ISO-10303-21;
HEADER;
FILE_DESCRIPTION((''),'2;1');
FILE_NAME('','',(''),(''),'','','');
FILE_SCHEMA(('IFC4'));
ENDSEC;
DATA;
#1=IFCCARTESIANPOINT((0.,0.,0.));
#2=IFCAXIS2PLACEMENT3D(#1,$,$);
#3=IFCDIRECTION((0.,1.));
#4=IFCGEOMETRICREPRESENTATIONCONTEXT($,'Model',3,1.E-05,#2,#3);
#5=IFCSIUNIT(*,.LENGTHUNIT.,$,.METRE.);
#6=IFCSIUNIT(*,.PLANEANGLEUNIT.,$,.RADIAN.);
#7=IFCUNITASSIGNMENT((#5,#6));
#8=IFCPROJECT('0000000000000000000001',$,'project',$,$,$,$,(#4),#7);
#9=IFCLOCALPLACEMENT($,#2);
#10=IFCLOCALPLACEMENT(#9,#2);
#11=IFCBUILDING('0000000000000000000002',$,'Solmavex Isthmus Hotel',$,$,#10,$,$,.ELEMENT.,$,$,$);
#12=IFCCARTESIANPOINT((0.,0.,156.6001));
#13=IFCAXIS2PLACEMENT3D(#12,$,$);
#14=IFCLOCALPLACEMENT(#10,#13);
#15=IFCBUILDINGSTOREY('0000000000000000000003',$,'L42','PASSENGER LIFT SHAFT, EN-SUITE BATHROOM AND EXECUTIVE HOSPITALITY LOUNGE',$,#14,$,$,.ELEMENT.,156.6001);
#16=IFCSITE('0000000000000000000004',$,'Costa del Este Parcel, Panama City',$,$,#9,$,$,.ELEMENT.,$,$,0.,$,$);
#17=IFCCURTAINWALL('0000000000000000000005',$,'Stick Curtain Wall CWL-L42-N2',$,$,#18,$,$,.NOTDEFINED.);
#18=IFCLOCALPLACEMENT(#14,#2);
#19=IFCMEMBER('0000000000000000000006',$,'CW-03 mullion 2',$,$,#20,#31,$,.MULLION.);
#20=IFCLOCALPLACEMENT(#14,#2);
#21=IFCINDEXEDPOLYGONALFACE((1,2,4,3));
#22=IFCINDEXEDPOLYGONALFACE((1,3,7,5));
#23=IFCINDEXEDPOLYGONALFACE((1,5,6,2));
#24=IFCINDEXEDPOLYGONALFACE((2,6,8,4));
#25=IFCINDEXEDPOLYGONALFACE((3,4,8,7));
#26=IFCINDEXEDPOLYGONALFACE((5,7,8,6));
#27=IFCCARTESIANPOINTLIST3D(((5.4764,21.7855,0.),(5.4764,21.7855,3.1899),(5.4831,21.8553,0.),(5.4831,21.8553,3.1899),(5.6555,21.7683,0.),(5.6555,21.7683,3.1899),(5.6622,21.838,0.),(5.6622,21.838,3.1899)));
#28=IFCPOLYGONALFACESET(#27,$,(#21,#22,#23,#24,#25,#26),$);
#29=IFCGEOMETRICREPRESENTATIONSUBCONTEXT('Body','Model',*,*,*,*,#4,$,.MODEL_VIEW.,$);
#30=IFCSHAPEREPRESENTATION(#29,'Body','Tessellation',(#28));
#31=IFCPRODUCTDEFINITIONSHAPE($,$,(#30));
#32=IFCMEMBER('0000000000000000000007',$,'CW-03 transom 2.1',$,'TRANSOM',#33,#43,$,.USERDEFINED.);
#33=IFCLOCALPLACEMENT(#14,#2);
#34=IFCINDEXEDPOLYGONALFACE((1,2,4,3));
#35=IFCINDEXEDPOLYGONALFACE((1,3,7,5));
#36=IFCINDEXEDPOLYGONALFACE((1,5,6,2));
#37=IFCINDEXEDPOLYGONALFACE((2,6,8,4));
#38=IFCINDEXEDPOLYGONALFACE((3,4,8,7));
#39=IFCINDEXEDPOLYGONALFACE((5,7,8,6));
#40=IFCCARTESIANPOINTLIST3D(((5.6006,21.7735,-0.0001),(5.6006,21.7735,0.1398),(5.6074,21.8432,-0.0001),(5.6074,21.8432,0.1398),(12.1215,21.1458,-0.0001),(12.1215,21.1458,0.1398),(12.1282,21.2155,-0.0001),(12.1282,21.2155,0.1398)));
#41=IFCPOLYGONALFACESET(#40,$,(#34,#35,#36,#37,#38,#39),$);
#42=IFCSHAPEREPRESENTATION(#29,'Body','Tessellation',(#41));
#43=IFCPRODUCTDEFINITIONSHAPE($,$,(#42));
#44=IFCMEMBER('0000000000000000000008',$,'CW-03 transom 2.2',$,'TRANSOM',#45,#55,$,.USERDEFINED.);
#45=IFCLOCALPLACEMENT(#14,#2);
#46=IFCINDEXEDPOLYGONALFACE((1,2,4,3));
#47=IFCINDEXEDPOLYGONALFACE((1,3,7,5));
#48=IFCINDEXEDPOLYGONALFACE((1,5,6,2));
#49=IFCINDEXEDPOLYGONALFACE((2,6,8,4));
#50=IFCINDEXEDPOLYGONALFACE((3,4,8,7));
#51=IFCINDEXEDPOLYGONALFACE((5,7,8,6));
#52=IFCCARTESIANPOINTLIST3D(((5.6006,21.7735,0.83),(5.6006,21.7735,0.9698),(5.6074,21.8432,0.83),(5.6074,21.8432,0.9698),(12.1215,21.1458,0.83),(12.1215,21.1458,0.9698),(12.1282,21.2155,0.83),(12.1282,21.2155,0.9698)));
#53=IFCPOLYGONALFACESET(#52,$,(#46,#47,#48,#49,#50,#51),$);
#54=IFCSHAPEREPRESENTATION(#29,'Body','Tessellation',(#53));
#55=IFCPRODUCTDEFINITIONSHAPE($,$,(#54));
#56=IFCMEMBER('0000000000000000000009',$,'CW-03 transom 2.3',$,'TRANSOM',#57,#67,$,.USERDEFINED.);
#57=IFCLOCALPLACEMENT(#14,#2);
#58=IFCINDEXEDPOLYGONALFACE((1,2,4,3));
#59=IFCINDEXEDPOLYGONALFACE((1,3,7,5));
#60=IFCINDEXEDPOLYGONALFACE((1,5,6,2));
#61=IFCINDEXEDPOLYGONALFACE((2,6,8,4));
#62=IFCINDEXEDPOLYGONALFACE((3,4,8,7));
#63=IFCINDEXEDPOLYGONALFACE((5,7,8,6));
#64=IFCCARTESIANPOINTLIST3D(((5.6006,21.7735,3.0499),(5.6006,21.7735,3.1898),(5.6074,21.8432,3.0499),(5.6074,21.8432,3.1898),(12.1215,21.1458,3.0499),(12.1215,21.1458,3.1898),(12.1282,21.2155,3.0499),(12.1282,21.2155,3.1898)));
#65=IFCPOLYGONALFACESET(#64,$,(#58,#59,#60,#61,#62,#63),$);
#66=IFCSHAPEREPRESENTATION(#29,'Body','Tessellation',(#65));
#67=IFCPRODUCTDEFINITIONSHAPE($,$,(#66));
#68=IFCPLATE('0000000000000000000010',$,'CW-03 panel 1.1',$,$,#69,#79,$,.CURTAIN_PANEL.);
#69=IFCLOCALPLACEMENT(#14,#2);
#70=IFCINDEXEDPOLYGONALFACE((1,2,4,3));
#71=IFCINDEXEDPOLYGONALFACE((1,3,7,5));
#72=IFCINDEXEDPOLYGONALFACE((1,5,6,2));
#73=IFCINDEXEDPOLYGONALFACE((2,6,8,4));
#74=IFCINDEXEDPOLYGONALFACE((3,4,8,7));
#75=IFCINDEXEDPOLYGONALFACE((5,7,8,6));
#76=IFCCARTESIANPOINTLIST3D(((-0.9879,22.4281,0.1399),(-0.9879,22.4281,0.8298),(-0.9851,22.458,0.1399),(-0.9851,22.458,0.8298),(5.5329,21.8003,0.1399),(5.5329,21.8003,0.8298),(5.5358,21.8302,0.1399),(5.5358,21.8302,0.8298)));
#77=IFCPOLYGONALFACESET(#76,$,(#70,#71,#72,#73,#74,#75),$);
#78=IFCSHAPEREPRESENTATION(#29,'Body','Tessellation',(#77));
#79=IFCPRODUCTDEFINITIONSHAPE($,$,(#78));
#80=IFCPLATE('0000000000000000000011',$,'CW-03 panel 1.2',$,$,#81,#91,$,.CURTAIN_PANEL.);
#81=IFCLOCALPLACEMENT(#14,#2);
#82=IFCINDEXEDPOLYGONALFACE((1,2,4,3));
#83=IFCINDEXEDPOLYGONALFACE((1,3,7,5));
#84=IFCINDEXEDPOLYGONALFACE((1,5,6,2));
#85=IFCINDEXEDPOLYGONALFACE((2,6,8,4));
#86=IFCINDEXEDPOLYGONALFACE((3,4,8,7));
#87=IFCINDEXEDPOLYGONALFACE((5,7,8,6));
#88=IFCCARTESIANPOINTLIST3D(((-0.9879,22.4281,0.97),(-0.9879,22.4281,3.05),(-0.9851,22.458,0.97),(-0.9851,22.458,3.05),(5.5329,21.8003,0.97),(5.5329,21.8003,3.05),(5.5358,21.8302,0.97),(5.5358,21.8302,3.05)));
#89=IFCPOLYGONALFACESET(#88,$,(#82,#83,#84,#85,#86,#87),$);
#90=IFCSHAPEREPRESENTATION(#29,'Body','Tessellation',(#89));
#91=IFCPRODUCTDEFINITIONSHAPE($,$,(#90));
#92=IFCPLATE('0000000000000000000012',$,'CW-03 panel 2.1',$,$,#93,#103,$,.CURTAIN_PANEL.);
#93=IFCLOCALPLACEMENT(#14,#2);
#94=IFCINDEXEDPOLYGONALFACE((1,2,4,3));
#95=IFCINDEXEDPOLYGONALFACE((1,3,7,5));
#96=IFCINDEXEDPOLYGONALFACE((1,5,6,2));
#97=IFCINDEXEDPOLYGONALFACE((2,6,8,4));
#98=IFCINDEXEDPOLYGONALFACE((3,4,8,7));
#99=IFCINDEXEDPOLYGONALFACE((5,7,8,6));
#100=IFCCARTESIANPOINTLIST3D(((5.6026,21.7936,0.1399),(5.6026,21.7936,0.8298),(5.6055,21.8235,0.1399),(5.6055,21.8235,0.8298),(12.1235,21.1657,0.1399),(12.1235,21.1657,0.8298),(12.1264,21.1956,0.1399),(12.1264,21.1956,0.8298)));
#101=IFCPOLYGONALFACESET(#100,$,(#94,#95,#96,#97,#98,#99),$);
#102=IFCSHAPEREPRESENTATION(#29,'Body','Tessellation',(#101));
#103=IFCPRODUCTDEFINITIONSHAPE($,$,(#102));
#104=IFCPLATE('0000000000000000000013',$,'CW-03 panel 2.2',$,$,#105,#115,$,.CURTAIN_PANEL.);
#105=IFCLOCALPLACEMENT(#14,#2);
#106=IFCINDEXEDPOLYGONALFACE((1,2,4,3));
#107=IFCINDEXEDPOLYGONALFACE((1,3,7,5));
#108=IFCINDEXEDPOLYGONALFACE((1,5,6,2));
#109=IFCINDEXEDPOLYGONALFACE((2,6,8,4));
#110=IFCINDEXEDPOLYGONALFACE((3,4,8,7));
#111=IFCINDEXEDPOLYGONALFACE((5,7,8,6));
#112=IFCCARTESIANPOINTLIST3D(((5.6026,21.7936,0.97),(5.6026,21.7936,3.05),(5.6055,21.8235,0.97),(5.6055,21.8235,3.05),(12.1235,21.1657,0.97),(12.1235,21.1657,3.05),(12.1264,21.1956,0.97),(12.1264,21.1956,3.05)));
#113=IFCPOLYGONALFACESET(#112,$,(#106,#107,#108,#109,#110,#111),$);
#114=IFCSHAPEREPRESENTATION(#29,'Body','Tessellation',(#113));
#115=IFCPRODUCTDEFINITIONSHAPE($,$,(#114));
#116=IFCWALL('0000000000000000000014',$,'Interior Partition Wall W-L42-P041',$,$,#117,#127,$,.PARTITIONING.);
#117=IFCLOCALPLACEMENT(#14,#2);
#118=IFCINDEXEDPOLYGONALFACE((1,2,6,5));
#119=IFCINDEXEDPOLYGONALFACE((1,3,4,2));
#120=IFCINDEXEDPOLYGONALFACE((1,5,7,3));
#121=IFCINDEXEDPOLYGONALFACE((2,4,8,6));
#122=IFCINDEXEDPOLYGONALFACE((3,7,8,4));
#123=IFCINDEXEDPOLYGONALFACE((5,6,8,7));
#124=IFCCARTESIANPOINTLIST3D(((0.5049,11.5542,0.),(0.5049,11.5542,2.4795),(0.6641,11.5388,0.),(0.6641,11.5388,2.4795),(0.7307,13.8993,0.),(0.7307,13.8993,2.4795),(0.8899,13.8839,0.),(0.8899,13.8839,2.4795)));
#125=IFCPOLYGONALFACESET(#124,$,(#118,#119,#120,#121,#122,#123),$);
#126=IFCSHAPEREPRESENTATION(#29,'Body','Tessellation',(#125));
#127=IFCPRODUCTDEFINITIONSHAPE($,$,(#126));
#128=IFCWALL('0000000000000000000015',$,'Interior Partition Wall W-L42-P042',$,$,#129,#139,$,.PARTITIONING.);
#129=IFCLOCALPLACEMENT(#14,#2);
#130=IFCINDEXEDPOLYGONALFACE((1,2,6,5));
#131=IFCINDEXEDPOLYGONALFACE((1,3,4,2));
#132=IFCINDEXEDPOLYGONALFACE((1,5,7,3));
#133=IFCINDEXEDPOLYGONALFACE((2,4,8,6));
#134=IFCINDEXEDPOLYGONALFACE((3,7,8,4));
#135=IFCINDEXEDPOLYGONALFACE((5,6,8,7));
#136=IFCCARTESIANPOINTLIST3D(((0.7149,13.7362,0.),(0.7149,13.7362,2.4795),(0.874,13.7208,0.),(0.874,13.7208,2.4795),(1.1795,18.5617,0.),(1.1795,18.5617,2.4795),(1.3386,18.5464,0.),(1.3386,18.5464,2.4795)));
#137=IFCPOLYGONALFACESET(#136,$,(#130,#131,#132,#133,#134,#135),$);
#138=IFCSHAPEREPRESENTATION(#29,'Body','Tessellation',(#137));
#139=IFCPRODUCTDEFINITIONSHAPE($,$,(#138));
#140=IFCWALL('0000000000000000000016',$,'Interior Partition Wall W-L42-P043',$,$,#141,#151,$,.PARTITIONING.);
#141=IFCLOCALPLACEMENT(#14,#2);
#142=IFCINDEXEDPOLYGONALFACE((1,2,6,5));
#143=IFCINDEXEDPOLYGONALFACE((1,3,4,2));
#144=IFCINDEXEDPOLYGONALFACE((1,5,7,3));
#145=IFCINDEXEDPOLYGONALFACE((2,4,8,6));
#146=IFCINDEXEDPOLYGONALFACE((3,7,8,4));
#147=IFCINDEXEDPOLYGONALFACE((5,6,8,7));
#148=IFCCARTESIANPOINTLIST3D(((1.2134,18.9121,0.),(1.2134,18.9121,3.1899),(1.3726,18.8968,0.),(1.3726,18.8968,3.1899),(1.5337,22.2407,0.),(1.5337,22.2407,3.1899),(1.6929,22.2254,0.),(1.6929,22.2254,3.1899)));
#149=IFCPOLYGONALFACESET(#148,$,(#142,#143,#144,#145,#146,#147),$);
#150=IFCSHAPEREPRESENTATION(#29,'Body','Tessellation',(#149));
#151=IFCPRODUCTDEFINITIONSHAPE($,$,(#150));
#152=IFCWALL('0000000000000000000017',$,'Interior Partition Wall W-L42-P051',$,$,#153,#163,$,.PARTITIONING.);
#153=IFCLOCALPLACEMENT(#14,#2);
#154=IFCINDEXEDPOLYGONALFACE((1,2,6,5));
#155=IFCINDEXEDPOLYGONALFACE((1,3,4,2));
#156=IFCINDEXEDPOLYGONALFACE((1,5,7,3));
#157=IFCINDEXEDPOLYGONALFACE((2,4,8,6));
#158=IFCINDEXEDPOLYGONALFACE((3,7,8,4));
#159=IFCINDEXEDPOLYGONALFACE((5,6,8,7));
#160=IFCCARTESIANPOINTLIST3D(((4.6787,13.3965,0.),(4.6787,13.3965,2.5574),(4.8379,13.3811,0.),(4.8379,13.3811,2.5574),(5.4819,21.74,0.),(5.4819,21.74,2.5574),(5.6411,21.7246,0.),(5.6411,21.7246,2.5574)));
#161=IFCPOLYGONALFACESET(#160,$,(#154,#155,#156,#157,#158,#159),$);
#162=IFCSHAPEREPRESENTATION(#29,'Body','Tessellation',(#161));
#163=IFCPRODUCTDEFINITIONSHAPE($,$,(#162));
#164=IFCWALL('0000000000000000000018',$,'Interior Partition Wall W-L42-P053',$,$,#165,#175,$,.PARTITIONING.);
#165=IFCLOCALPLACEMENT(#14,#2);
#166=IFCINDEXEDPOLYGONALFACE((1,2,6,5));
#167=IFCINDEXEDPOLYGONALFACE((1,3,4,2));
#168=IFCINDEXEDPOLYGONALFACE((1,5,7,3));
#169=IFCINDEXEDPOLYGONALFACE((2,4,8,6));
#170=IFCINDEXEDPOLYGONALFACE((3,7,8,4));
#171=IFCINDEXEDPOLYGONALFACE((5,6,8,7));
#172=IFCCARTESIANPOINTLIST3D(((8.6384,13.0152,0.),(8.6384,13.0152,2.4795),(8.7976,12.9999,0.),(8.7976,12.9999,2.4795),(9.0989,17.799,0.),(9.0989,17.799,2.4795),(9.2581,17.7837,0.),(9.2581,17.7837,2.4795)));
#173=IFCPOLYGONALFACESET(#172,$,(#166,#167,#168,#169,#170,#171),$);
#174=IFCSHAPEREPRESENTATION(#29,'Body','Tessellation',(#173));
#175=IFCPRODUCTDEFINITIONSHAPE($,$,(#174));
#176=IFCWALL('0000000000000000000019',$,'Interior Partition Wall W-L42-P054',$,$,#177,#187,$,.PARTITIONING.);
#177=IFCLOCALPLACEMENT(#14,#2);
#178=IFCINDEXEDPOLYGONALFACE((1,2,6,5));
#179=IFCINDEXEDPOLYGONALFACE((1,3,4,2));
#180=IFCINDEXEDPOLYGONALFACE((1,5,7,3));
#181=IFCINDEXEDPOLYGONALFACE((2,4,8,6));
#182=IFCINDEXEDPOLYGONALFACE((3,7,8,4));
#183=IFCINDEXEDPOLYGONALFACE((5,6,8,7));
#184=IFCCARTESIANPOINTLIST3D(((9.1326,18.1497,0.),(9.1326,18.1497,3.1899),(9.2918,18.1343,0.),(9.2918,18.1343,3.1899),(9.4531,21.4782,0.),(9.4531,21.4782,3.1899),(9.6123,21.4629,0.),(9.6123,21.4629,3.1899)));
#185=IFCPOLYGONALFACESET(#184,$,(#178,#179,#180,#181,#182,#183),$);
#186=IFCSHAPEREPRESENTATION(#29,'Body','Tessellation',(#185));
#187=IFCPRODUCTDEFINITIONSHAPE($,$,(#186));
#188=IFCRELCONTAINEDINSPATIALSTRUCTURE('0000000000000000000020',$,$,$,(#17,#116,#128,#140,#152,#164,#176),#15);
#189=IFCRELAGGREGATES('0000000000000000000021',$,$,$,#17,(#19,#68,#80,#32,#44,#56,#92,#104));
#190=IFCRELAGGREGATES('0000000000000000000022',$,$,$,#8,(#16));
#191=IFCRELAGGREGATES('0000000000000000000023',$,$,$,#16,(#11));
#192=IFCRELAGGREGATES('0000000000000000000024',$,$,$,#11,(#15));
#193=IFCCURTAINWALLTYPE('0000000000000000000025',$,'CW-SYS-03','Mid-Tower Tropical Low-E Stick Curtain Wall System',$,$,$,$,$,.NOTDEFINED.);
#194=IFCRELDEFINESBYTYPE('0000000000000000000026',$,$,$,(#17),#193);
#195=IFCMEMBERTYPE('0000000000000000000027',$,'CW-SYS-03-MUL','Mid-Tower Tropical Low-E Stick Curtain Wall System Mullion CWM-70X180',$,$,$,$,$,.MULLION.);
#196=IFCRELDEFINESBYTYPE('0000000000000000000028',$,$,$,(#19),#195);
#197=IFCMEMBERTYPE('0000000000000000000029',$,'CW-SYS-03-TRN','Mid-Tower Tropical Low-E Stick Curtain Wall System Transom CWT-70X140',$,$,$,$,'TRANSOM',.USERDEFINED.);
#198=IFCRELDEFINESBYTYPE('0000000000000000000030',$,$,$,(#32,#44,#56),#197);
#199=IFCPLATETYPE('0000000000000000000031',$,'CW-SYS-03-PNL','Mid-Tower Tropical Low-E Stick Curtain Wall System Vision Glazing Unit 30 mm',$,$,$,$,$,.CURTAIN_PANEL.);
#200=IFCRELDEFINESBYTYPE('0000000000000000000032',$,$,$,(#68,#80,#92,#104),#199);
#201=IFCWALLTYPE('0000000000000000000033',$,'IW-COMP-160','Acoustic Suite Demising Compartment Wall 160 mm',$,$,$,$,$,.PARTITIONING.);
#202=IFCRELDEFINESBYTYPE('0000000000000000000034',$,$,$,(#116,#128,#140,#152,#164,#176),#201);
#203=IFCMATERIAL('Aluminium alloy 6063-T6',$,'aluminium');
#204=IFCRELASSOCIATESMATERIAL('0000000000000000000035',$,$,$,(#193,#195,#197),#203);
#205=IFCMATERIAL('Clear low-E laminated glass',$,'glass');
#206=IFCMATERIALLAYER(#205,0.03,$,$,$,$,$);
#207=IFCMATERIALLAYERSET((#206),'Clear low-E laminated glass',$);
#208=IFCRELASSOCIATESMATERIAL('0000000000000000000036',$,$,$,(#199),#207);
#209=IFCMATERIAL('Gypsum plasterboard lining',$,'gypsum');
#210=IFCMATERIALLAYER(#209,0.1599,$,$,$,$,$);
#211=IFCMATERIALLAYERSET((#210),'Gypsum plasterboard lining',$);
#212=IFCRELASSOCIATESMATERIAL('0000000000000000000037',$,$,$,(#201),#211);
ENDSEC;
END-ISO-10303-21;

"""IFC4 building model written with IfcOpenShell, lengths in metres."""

from ifc_helpers import new_model, si_unit, direction, frame, frame_2d, origin, origin_2d, place, context, subcontext, project, spatial, rectangle, extrude, material, layer, layer_set, material_profile, profile_set, type_object, element, aggregate, save


model = new_model("IFC4")

# Units and contexts
model_context = context("Model", 3, precision=1e-05, world=origin(), true_north=direction((0.0, 1.0)))
body_context = subcontext(model_context, "Body", "Model", "MODEL_VIEW")
ifc_project = project(units=[si_unit("LENGTHUNIT", "METRE"), si_unit("PLANEANGLEUNIT", "RADIAN")], contexts=[model_context])

# Site, building, storey
site_placement = place(None, origin())
site = spatial("IfcSite", under=ifc_project, at=site_placement, Name="Costa del Este Parcel, Panama City", CompositionType="ELEMENT", RefElevation=0.0)
building_placement = place(site_placement, origin())
building = spatial("IfcBuilding", under=site, at=building_placement, Name="Solmavex Isthmus Hotel", CompositionType="ELEMENT")
storey_placement = place(building_placement, frame((0.0, 0.0, 156.6001)))
storey = spatial("IfcBuildingStorey", under=building, at=storey_placement, Name="L42", Description="PASSENGER LIFT SHAFT, EN-SUITE BATHROOM AND EXECUTIVE HOSPITALITY LOUNGE", CompositionType="ELEMENT", Elevation=156.6001)

# Curtain wall, members, plates
ifc_material_1 = material(Name="Aluminium alloy 6063-T6", Category="aluminium")
curtain_wall_type = type_object("IfcCurtainWallType", Name="CW-SYS-03", Description="Mid-Tower Tropical Low-E Stick Curtain Wall System", PredefinedType="NOTDEFINED", material=ifc_material_1)
curtain_wall_placement = place(storey_placement, origin())
curtain_wall = element("IfcCurtainWall", 1, at=curtain_wall_placement, inside=storey, type_object=curtain_wall_type, Name="Stick Curtain Wall CWL-L42-N2", PredefinedType="NOTDEFINED")
ifc_material_profile_1 = material_profile(ifc_material_1, rectangle(XDim=0.0701, YDim=0.1799, at=origin_2d()), Name="CWM-70X180")
ifc_profile_set_1 = profile_set([ifc_material_profile_1], Name="Aluminium alloy 6063-T6")
member_type_1 = type_object("IfcMemberType", Name="CW-SYS-03-MUL", Description="Mid-Tower Tropical Low-E Stick Curtain Wall System Mullion CWM-70X180", PredefinedType="MULLION", material=ifc_profile_set_1)
member_1_placement = place(storey_placement, frame((5.5693, 21.8118, 0.0), z_axis=(0.0, 0.0, 1.0), x_axis=(0.095845, 0.995396, 0.0)))
member_1 = element("IfcMember", 2, at=member_1_placement, type_object=member_type_1, Name="CW-03 mullion 2", PredefinedType="MULLION", context=body_context, shape_type="SweptSolid", body=[
    extrude(rectangle(XDim=0.0701, YDim=0.1799, at=origin_2d()), origin(), (0.0, 0.0, 1.0), 3.1899),
])
ifc_material_profile_2 = material_profile(ifc_material_1, rectangle(XDim=0.0701, YDim=0.1399, at=origin_2d()), Name="CWT-70X140")
ifc_profile_set_2 = profile_set([ifc_material_profile_2], Name="Aluminium alloy 6063-T6")
member_type_2 = type_object("IfcMemberType", Name="CW-SYS-03-TRN", Description="Mid-Tower Tropical Low-E Stick Curtain Wall System Transom CWT-70X140", ElementType="TRANSOM", PredefinedType="USERDEFINED", material=ifc_profile_set_2)
member_2_placement = place(storey_placement, frame((5.604, 21.8083, 0.0698), z_axis=(0.995399, -0.095813, 0.0), x_axis=(0.095813, 0.995399, 0.0)))
member_2 = element("IfcMember", 3, at=member_2_placement, type_object=member_type_2, Name="CW-03 transom 2.1", ObjectType="TRANSOM", PredefinedType="USERDEFINED", context=body_context, shape_type="SweptSolid", body=[
    extrude(rectangle(XDim=0.0701, YDim=0.1399, at=origin_2d()), origin(), (0.0, 0.0, 1.0), 6.551),
])
member_3_placement = place(storey_placement, frame((5.604, 21.8083, 0.8999), z_axis=(0.995399, -0.095813, 0.0), x_axis=(0.095813, 0.995399, 0.0)))
member_3 = element("IfcMember", 4, at=member_3_placement, type_object=member_type_2, Name="CW-03 transom 2.2", ObjectType="TRANSOM", PredefinedType="USERDEFINED", context=body_context, shape_type="SweptSolid", body=[
    extrude(rectangle(XDim=0.0701, YDim=0.1399, at=origin_2d()), origin(), (0.0, 0.0, 1.0), 6.551),
])
member_4_placement = place(storey_placement, frame((5.604, 21.8083, 3.1199), z_axis=(0.995399, -0.095813, 0.0), x_axis=(0.095813, 0.995399, 0.0)))
member_4 = element("IfcMember", 5, at=member_4_placement, type_object=member_type_2, Name="CW-03 transom 2.3", ObjectType="TRANSOM", PredefinedType="USERDEFINED", context=body_context, shape_type="SweptSolid", body=[
    extrude(rectangle(XDim=0.0701, YDim=0.1399, at=origin_2d()), origin(), (0.0, 0.0, 1.0), 6.551),
])
ifc_material_2 = material(Name="Clear low-E laminated glass", Category="glass")
ifc_layer_1 = layer(ifc_material_2, 0.03)
ifc_layer_set_1 = layer_set([ifc_layer_1], Name="Clear low-E laminated glass")
plate_type = type_object("IfcPlateType", Name="CW-SYS-03-PNL", Description="Mid-Tower Tropical Low-E Stick Curtain Wall System Vision Glazing Unit 30 mm", PredefinedType="CURTAIN_PANEL", material=ifc_layer_set_1)
plate_1_placement = place(storey_placement, frame((2.2739, 22.1292, 0.1399), z_axis=(0.0, 0.0, 1.0), x_axis=(0.995396, -0.095845, 0.0)))
plate_1 = element("IfcPlate", 6, at=plate_1_placement, type_object=plate_type, Name="CW-03 panel 1.1", PredefinedType="CURTAIN_PANEL", context=body_context, shape_type="SweptSolid", body=[
    extrude(rectangle(XDim=6.551, YDim=0.03, at=origin_2d()), origin(), (0.0, 0.0, 1.0), 0.6899),
])
plate_2_placement = place(storey_placement, frame((2.2739, 22.1292, 0.97), z_axis=(0.0, 0.0, 1.0), x_axis=(0.995396, -0.095845, 0.0)))
plate_2 = element("IfcPlate", 7, at=plate_2_placement, type_object=plate_type, Name="CW-03 panel 1.2", PredefinedType="CURTAIN_PANEL", context=body_context, shape_type="SweptSolid", body=[
    extrude(rectangle(XDim=6.551, YDim=0.03, at=origin_2d()), origin(), (0.0, 0.0, 1.0), 2.0801),
])
plate_3_placement = place(storey_placement, frame((8.8645, 21.4946, 0.1399), z_axis=(0.0, 0.0, 1.0), x_axis=(0.995396, -0.095845, 0.0)))
plate_3 = element("IfcPlate", 8, at=plate_3_placement, type_object=plate_type, Name="CW-03 panel 2.1", PredefinedType="CURTAIN_PANEL", context=body_context, shape_type="SweptSolid", body=[
    extrude(rectangle(XDim=6.551, YDim=0.03, at=origin_2d()), origin(), (0.0, 0.0, 1.0), 0.6899),
])
plate_4_placement = place(storey_placement, frame((8.8645, 21.4946, 0.97), z_axis=(0.0, 0.0, 1.0), x_axis=(0.995396, -0.095845, 0.0)))
plate_4 = element("IfcPlate", 9, at=plate_4_placement, type_object=plate_type, Name="CW-03 panel 2.2", PredefinedType="CURTAIN_PANEL", context=body_context, shape_type="SweptSolid", body=[
    extrude(rectangle(XDim=6.551, YDim=0.03, at=origin_2d()), origin(), (0.0, 0.0, 1.0), 2.0801),
])
aggregate(curtain_wall, [member_1, plate_1, plate_2, member_2, member_3, member_4, plate_3, plate_4])

# Walls
ifc_material_3 = material(Name="Gypsum plasterboard lining", Category="gypsum")
ifc_layer_2 = layer(ifc_material_3, 0.1599)
ifc_layer_set_2 = layer_set([ifc_layer_2], Name="Gypsum plasterboard lining")
wall_type_1 = type_object("IfcWallType", Name="IW-COMP-160", Description="Acoustic Suite Demising Compartment Wall 160 mm", PredefinedType="PARTITIONING", material=ifc_layer_set_2)
wall_1_placement = place(storey_placement, frame((0.8103, 13.8916, 0.0), z_axis=(0.0, 0.0, 1.0), x_axis=(-0.095851, -0.995396, 0.0)))
element("IfcWall", 10, at=wall_1_placement, inside=storey, type_object=wall_type_1, Name="Interior Partition Wall W-L42-P041", PredefinedType="PARTITIONING", context=body_context, shape_type="SweptSolid", body=[
    extrude(rectangle(XDim=2.356, YDim=0.1599, at=frame_2d((1.178, 0.0))), origin(), (0.0, 0.0, 1.0), 2.4795),
])
wall_2_placement = place(storey_placement, frame((1.259, 18.554, 0.0), z_axis=(0.0, 0.0, 1.0), x_axis=(-0.095833, -0.995397, 0.0)))
element("IfcWall", 11, at=wall_2_placement, inside=storey, type_object=wall_type_1, Name="Interior Partition Wall W-L42-P042", PredefinedType="PARTITIONING", context=body_context, shape_type="SweptSolid", body=[
    extrude(rectangle(XDim=4.8479, YDim=0.1599, at=frame_2d((2.4238, 0.0))), origin(), (0.0, 0.0, 1.0), 2.4795),
])
wall_3_placement = place(storey_placement, frame((1.6133, 22.2329, 0.0), z_axis=(0.0, 0.0, 1.0), x_axis=(-0.095788, -0.995402, 0.0)))
element("IfcWall", 12, at=wall_3_placement, inside=storey, type_object=wall_type_1, Name="Interior Partition Wall W-L42-P043", PredefinedType="PARTITIONING", context=body_context, shape_type="SweptSolid", body=[
    extrude(rectangle(XDim=3.344, YDim=0.1599, at=frame_2d((1.6719, 0.0))), origin(), (0.0, 0.0, 1.0), 3.1899),
])

# Walls
wall_4_placement = place(storey_placement, frame((5.5615, 21.7322, 0.0), z_axis=(0.0, 0.0, 1.0), x_axis=(-0.095826, -0.995398, 0.0)))
element("IfcWall", 13, at=wall_4_placement, inside=storey, type_object=wall_type_1, Name="Interior Partition Wall W-L42-P051", PredefinedType="PARTITIONING", context=body_context, shape_type="SweptSolid", body=[
    extrude(rectangle(XDim=8.3821, YDim=0.1599, at=frame_2d((4.1909, 0.0))), origin(), (0.0, 0.0, 1.0), 2.5574),
])
wall_5_placement = place(storey_placement, frame((9.1785, 17.7913, 0.0), z_axis=(0.0, 0.0, 1.0), x_axis=(-0.095811, -0.9954, 0.0)))
element("IfcWall", 14, at=wall_5_placement, inside=storey, type_object=wall_type_1, Name="Interior Partition Wall W-L42-P053", PredefinedType="PARTITIONING", context=body_context, shape_type="SweptSolid", body=[
    extrude(rectangle(XDim=4.8059, YDim=0.1599, at=frame_2d((2.4028, 0.0))), origin(), (0.0, 0.0, 1.0), 2.4795),
])
wall_6_placement = place(storey_placement, frame((9.5327, 21.4705, 0.0), z_axis=(0.0, 0.0, 1.0), x_axis=(-0.09586, -0.995395, 0.0)))
element("IfcWall", 15, at=wall_6_placement, inside=storey, type_object=wall_type_1, Name="Interior Partition Wall W-L42-P054", PredefinedType="PARTITIONING", context=body_context, shape_type="SweptSolid", body=[
    extrude(rectangle(XDim=3.344, YDim=0.1599, at=frame_2d((1.6719, 0.0))), origin(), (0.0, 0.0, 1.0), 3.1899),
])

save(model, "model.ifc")
